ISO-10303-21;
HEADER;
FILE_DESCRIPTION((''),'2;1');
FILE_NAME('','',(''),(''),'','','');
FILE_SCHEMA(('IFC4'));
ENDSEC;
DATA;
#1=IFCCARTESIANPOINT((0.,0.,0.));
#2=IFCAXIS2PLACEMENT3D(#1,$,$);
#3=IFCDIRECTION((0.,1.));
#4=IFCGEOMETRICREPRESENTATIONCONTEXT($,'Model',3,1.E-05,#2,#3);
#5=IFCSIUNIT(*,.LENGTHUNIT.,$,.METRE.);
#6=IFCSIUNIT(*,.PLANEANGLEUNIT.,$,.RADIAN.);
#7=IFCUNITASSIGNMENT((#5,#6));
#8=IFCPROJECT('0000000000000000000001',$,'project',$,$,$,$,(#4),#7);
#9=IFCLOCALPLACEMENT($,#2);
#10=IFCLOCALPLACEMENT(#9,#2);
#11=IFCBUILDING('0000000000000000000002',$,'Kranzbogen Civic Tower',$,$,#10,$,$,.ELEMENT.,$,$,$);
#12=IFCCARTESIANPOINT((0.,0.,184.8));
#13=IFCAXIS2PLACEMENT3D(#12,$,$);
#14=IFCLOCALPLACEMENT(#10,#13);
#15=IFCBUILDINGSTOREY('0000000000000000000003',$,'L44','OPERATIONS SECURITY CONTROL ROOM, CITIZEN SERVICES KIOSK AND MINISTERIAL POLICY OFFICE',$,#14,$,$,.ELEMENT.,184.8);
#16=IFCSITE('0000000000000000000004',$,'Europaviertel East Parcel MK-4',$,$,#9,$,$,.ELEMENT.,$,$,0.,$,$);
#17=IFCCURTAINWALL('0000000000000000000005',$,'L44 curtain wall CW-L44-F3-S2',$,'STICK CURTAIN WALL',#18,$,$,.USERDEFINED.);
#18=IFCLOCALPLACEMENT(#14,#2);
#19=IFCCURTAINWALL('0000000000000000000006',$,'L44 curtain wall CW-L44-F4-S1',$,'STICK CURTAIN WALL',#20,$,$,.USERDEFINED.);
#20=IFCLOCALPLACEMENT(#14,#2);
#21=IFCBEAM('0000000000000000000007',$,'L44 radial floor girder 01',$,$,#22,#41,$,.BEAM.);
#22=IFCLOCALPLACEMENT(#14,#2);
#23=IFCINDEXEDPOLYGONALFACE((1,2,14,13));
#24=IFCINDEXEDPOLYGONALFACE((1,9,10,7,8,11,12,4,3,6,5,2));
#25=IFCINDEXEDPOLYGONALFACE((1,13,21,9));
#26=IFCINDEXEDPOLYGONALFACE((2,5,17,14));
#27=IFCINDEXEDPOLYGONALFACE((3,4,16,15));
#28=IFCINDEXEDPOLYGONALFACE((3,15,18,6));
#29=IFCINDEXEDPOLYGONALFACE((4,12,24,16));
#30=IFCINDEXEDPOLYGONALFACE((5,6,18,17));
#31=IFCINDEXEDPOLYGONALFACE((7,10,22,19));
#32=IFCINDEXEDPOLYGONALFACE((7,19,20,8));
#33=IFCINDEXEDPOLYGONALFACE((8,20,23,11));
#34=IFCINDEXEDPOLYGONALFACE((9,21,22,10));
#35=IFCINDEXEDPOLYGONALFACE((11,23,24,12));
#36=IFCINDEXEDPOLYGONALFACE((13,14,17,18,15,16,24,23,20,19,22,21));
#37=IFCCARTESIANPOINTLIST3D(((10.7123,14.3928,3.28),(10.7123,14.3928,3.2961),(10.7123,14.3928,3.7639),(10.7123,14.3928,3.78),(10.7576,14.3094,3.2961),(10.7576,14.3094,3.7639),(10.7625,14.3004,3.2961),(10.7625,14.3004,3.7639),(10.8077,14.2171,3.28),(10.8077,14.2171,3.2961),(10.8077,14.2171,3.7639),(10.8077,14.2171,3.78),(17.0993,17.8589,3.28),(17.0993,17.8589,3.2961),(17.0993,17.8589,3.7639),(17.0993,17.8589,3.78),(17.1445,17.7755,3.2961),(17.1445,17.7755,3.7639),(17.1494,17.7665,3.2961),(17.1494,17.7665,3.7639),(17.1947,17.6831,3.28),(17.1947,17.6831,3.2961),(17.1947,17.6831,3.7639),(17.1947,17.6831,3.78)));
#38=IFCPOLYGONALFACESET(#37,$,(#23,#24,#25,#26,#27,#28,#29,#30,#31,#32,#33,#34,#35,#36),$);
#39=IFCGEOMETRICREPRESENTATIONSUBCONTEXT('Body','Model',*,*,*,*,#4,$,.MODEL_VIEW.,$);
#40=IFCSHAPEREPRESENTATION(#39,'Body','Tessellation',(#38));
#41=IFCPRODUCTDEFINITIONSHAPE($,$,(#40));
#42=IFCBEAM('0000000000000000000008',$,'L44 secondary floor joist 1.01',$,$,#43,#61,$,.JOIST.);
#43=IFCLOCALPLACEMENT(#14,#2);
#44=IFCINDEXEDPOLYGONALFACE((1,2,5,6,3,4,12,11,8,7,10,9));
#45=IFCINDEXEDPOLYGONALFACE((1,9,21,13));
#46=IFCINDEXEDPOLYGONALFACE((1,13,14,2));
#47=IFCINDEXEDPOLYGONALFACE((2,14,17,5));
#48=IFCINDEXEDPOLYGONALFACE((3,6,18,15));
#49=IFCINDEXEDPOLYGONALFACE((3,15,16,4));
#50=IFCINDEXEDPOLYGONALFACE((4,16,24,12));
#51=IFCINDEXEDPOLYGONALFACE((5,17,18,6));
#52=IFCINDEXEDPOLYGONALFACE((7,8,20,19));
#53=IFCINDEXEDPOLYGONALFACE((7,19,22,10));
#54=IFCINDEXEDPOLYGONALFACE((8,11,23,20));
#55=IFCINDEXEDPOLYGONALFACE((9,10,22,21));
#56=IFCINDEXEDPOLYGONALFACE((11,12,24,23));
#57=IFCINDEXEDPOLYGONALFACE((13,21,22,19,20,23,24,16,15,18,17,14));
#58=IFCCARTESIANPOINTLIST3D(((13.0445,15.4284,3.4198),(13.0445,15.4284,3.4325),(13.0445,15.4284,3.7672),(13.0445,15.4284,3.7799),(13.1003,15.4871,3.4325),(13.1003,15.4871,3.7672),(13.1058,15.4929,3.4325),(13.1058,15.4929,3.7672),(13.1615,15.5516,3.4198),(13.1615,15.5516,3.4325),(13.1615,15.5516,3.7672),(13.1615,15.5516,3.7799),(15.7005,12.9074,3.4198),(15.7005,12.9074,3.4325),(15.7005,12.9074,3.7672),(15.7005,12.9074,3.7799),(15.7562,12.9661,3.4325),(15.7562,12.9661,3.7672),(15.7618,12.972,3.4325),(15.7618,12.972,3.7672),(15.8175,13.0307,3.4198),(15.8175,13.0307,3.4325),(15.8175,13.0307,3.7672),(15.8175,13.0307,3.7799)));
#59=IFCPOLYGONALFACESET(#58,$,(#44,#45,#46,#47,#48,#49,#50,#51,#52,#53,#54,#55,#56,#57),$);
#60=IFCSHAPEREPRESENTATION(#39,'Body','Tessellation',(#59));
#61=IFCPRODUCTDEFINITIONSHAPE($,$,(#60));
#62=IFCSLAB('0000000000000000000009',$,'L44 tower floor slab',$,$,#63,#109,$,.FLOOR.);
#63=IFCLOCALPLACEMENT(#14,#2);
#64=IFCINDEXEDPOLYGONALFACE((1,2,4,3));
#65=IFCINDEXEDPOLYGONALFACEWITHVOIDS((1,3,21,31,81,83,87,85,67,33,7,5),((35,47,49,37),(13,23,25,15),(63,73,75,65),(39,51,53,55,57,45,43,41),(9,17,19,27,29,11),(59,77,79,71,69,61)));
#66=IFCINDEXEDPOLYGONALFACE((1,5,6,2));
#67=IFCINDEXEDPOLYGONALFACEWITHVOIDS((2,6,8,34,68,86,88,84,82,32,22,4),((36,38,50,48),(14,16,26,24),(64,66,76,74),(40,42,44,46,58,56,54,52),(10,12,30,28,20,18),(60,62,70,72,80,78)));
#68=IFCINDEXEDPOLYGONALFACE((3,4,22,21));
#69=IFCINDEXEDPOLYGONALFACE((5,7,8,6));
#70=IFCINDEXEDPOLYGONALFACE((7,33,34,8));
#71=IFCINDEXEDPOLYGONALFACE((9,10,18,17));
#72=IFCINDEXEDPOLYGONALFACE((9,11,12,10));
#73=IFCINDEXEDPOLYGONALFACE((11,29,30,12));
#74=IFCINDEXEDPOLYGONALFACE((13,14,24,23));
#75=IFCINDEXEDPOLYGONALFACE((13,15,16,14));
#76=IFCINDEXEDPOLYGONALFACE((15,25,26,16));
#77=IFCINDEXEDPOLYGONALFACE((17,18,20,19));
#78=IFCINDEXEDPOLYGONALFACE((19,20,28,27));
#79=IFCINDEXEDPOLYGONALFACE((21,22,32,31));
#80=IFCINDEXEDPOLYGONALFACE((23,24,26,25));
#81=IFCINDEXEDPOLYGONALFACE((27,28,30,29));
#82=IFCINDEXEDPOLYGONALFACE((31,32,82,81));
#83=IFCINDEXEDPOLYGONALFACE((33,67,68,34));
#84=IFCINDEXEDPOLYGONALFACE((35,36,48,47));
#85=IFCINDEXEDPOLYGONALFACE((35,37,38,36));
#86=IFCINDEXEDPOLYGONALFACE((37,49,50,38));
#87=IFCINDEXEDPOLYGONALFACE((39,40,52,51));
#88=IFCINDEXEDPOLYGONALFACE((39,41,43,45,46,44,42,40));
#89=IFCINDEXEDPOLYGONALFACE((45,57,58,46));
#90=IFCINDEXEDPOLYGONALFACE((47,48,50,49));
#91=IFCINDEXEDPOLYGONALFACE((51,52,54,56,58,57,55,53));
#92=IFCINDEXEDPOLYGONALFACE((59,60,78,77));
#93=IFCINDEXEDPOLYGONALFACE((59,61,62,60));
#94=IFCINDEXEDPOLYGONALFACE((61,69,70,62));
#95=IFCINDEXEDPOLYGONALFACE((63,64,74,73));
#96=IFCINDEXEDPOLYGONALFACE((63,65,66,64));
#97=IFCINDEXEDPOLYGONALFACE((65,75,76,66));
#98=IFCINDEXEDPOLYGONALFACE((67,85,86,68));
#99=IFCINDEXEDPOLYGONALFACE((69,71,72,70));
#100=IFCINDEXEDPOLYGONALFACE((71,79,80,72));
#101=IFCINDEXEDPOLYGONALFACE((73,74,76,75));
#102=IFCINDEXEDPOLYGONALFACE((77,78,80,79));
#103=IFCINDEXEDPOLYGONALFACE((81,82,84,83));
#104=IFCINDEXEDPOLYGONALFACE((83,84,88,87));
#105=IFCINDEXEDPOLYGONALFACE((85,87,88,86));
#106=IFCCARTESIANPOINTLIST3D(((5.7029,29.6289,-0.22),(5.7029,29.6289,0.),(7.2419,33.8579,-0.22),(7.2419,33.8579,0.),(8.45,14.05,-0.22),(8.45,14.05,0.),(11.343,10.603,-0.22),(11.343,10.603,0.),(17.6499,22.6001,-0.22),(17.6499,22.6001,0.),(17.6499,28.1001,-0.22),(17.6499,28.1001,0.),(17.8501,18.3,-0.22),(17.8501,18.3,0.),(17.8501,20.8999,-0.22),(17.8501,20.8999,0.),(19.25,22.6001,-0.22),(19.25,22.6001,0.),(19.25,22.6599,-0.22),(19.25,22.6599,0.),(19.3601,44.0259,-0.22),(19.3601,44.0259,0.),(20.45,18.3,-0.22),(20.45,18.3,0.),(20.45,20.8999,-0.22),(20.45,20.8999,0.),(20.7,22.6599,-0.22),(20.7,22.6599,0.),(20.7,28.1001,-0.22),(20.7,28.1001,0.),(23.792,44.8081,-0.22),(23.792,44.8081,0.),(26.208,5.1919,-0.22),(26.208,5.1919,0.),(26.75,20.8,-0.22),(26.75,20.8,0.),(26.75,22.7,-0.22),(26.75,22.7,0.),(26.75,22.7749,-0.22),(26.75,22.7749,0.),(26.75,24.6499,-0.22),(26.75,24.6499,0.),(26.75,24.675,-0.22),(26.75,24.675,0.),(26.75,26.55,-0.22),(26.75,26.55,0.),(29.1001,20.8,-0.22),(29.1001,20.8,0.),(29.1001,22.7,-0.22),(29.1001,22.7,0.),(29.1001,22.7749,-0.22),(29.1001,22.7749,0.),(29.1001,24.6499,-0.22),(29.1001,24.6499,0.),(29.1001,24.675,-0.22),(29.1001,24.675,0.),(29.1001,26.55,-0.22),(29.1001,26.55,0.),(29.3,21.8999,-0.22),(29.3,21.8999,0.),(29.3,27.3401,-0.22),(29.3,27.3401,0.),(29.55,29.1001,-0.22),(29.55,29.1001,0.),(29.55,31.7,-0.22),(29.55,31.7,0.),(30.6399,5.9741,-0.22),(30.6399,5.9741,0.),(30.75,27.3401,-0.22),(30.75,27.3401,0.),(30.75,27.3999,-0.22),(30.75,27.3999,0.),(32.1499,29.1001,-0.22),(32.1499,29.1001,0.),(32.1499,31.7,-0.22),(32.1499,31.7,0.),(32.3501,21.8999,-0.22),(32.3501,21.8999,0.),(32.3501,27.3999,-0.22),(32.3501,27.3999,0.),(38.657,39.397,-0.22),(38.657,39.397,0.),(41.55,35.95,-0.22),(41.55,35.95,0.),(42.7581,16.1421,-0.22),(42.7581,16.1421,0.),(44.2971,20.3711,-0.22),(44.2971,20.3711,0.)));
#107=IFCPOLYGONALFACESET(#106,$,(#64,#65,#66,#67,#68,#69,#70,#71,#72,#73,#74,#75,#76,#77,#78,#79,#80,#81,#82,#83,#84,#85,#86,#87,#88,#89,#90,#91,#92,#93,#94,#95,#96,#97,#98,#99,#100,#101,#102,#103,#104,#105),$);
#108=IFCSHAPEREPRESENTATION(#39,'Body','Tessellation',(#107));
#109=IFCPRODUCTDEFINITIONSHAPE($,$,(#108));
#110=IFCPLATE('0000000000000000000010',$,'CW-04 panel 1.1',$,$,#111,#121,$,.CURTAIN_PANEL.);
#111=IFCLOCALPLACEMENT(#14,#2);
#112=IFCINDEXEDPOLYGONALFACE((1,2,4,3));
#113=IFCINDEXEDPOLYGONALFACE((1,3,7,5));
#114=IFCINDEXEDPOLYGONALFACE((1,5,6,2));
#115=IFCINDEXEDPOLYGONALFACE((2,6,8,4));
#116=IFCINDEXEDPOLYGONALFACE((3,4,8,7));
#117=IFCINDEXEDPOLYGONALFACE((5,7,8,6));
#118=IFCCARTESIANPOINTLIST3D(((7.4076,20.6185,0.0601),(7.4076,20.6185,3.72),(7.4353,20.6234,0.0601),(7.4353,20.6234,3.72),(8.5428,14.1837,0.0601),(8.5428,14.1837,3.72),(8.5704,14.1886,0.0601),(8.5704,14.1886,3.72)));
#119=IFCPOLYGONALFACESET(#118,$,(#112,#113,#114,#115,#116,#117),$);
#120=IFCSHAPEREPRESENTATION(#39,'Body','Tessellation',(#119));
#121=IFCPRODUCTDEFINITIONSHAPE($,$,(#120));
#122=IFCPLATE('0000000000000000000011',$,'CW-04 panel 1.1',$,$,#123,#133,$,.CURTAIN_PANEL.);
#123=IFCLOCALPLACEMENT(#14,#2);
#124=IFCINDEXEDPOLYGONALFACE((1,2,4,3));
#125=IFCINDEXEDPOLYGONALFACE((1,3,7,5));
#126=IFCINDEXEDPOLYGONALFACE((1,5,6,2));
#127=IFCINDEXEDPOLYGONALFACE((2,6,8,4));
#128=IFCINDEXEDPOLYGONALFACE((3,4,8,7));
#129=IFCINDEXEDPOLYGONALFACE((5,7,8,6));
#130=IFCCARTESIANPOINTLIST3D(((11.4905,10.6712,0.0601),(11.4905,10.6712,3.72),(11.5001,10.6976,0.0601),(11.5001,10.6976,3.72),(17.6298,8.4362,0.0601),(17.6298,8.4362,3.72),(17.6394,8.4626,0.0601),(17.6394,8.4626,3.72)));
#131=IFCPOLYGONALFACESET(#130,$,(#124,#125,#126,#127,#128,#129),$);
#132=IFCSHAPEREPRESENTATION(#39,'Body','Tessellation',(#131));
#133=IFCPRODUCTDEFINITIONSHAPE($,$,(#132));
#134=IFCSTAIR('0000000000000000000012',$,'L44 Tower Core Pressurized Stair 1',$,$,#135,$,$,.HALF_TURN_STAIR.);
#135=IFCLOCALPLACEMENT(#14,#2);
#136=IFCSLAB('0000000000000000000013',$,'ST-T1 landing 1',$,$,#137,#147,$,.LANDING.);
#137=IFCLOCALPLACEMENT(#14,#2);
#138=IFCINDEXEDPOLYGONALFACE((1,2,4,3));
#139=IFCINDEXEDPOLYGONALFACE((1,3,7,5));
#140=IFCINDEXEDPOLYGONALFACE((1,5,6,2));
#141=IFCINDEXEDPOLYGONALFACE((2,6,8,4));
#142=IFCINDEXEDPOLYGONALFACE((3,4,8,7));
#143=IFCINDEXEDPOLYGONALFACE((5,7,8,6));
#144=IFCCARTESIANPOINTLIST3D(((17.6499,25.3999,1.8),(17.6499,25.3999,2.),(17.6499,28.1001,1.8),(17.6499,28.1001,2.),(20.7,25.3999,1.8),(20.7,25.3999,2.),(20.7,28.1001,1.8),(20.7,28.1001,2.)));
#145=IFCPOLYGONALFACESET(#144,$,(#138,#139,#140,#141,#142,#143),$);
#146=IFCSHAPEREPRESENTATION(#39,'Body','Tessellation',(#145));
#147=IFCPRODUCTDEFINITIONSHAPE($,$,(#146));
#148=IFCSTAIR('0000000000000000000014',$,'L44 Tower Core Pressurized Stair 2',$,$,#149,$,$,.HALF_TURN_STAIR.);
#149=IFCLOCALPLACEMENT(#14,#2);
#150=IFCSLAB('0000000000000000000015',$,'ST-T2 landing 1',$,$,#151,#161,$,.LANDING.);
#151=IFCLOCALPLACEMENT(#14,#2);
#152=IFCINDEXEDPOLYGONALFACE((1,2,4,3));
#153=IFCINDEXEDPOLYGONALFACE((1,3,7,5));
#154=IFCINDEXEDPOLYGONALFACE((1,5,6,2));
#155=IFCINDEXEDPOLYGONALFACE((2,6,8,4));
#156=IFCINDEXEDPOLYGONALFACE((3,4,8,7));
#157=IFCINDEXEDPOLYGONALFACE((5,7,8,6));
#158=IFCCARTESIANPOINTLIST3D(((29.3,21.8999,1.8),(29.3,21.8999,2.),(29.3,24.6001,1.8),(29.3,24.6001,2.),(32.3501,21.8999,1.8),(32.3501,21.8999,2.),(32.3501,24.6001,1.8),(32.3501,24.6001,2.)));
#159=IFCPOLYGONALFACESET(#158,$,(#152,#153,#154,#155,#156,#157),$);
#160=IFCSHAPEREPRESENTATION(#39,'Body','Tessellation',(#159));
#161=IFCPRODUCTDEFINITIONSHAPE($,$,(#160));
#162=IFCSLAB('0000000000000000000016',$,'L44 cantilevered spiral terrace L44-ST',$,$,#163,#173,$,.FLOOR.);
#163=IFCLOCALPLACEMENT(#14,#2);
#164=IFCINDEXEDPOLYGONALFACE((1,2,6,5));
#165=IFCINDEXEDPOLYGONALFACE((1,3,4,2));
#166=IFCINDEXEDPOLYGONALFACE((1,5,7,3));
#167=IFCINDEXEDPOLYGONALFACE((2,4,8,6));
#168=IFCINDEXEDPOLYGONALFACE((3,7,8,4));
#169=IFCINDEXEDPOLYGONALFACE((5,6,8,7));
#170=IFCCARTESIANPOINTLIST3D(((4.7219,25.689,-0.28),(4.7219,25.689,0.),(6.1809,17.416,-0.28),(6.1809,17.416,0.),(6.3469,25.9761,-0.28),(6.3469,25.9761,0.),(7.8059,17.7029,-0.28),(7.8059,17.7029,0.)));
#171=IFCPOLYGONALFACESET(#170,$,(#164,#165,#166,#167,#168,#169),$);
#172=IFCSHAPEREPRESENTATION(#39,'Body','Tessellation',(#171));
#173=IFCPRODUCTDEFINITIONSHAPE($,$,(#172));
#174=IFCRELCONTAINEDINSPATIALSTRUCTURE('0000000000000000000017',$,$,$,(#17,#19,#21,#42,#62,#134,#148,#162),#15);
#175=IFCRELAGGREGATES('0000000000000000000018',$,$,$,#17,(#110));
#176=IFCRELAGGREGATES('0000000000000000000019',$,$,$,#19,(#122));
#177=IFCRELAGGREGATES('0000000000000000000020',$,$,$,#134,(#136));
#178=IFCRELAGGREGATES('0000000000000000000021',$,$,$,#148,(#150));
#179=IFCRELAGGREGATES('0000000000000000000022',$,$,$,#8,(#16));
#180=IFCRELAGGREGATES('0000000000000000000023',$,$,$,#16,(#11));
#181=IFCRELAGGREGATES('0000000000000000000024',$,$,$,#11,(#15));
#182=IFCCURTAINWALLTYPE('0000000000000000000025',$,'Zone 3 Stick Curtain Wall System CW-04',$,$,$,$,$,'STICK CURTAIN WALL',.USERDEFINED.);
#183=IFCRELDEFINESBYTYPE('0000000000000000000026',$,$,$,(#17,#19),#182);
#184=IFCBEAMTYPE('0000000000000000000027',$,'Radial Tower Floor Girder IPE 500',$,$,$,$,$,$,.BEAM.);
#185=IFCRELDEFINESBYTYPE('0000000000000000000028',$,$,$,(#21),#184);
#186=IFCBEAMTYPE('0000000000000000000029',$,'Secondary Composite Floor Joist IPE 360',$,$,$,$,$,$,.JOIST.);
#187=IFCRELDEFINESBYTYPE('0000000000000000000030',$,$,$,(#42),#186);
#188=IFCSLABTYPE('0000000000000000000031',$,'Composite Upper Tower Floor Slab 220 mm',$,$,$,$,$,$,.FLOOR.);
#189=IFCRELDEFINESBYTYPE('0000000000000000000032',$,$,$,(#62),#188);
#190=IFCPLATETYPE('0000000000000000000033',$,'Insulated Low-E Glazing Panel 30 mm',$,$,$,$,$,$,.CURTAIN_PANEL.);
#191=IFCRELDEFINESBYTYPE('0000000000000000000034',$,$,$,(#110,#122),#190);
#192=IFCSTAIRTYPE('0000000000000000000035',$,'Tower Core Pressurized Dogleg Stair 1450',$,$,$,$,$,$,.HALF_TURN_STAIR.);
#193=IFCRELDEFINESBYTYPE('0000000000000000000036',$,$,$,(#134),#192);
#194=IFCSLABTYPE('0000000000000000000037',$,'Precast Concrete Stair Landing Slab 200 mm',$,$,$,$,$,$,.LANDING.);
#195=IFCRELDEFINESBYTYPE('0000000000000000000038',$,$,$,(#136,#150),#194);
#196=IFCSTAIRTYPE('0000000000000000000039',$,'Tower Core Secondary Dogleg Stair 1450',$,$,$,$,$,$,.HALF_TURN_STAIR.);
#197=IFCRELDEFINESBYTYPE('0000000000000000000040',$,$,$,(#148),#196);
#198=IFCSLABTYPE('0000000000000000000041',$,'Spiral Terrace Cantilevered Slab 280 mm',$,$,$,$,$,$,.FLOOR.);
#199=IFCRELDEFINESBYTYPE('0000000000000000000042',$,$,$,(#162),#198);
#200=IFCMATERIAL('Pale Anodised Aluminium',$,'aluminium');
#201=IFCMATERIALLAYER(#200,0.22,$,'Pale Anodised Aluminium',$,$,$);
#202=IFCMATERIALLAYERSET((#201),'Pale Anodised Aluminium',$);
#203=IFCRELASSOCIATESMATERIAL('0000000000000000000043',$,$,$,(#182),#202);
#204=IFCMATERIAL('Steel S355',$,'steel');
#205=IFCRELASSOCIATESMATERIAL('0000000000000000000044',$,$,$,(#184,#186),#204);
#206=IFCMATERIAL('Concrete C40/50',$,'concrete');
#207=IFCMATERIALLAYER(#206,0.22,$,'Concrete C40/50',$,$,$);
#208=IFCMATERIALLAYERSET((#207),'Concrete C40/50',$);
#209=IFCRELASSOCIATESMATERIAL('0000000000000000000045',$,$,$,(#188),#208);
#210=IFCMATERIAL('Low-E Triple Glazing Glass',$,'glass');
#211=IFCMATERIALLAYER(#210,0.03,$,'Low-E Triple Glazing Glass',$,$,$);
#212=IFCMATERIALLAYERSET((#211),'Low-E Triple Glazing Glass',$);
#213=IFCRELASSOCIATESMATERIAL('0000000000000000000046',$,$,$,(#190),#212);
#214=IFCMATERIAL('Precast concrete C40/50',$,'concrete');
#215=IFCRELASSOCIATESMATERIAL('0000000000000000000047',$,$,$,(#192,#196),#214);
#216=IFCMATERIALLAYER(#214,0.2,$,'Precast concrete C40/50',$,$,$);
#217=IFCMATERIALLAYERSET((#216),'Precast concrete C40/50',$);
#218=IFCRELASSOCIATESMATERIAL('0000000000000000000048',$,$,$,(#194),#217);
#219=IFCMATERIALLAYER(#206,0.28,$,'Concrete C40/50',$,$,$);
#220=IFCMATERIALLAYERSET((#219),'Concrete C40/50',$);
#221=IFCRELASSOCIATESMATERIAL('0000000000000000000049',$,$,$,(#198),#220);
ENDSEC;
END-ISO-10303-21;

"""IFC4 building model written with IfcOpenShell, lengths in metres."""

from ifc_helpers import new_model, si_unit, direction, frame, origin, origin_2d, place, context, subcontext, project, spatial, polyline, rectangle, i_section, outline, extrude, material, layer, layer_set, material_profile, profile_set, type_object, element, aggregate, save


model = new_model("IFC4")

# Units and contexts
model_context = context("Model", 3, precision=1e-05, world=origin(), true_north=direction((0.0, 1.0)))
body_context = subcontext(model_context, "Body", "Model", "MODEL_VIEW")
ifc_project = project(units=[si_unit("LENGTHUNIT", "METRE"), si_unit("PLANEANGLEUNIT", "RADIAN")], contexts=[model_context])

# Site, building, storey
site_placement = place(None, origin())
site = spatial("IfcSite", under=ifc_project, at=site_placement, Name="Europaviertel East Parcel MK-4", CompositionType="ELEMENT", RefElevation=0.0)
building_placement = place(site_placement, origin())
building = spatial("IfcBuilding", under=site, at=building_placement, Name="Kranzbogen Civic Tower", CompositionType="ELEMENT")
storey_placement = place(building_placement, frame((0.0, 0.0, 184.8)))
storey = spatial("IfcBuildingStorey", under=building, at=storey_placement, Name="L44", Description="OPERATIONS SECURITY CONTROL ROOM, CITIZEN SERVICES KIOSK AND MINISTERIAL POLICY OFFICE", CompositionType="ELEMENT", Elevation=184.8)

# Shared definitions
ifc_material_1 = material(Name="Steel S355", Category="steel")

# Shared definitions
ifc_material_2 = material(Name="Pale Anodised Aluminium", Category="aluminium")
ifc_layer_1 = layer(ifc_material_2, 0.22, Name="Pale Anodised Aluminium")
ifc_layer_set_1 = layer_set([ifc_layer_1], Name="Pale Anodised Aluminium")
curtain_wall_type = type_object("IfcCurtainWallType", Name="Zone 3 Stick Curtain Wall System CW-04", ElementType="STICK CURTAIN WALL", PredefinedType="USERDEFINED", material=ifc_layer_set_1)

# Curtain wall
curtain_wall_1_placement = place(storey_placement, origin())
curtain_wall_1 = element("IfcCurtainWall", 1, at=curtain_wall_1_placement, inside=storey, type_object=curtain_wall_type, Name="L44 curtain wall CW-L44-F3-S2", ObjectType="STICK CURTAIN WALL", PredefinedType="USERDEFINED")

# Curtain wall
curtain_wall_2_placement = place(storey_placement, origin())
curtain_wall_2 = element("IfcCurtainWall", 2, at=curtain_wall_2_placement, inside=storey, type_object=curtain_wall_type, Name="L44 curtain wall CW-L44-F4-S1", ObjectType="STICK CURTAIN WALL", PredefinedType="USERDEFINED")

# Beams
ifc_material_profile_1 = material_profile(ifc_material_1, i_section(OverallWidth=0.2, OverallDepth=0.5, WebThickness=0.0103, FlangeThickness=0.0161, at=origin_2d()), Name="IPE 500")
ifc_profile_set_1 = profile_set([ifc_material_profile_1], Name="Steel S355")
beam_type_1 = type_object("IfcBeamType", Name="Radial Tower Floor Girder IPE 500", PredefinedType="BEAM", material=ifc_profile_set_1)
beam_1_placement = place(storey_placement, frame((10.76, 14.3049, 3.53), z_axis=(0.878919, 0.47697, 0.0), x_axis=(-0.47697, 0.878919, 0.0)))
element("IfcBeam", 3, at=beam_1_placement, inside=storey, type_object=beam_type_1, Name="L44 radial floor girder 01", PredefinedType="BEAM", context=body_context, shape_type="SweptSolid", body=[
    extrude(i_section(OverallWidth=0.2, OverallDepth=0.5, WebThickness=0.0103, FlangeThickness=0.0161, at=origin_2d()), origin(), (0.0, 0.0, 1.0), 7.2668),
])
ifc_material_profile_2 = material_profile(ifc_material_1, i_section(OverallWidth=0.1699, OverallDepth=0.3601, WebThickness=0.0081, FlangeThickness=0.0127, at=origin_2d()), Name="IPE 360")
ifc_profile_set_2 = profile_set([ifc_material_profile_2], Name="Steel S355")
beam_type_2 = type_object("IfcBeamType", Name="Secondary Composite Floor Joist IPE 360", PredefinedType="JOIST", material=ifc_profile_set_2)
beam_2_placement = place(storey_placement, frame((13.103, 15.49, 3.5999), z_axis=(0.725301, -0.688432, 0.0), x_axis=(0.688432, 0.725301, 0.0)))
element("IfcBeam", 4, at=beam_2_placement, inside=storey, type_object=beam_type_2, Name="L44 secondary floor joist 1.01", PredefinedType="JOIST", context=body_context, shape_type="SweptSolid", body=[
    extrude(i_section(OverallWidth=0.1699, OverallDepth=0.3601, WebThickness=0.0081, FlangeThickness=0.0127, at=origin_2d()), origin(), (0.0, 0.0, 1.0), 3.6619),
])

# Slab
ifc_material_3 = material(Name="Concrete C40/50", Category="concrete")
ifc_layer_2 = layer(ifc_material_3, 0.22, Name="Concrete C40/50")
ifc_layer_set_2 = layer_set([ifc_layer_2], Name="Concrete C40/50")
slab_type_1 = type_object("IfcSlabType", Name="Composite Upper Tower Floor Slab 220 mm", PredefinedType="FLOOR", material=ifc_layer_set_2)
slab_1_placement = place(storey_placement, frame((0.0, 0.0, -0.22)))
element("IfcSlab", 5, at=slab_1_placement, inside=storey, type_object=slab_type_1, Name="L44 tower floor slab", PredefinedType="FLOOR", context=body_context, shape_type="SweptSolid", body=[
    extrude(outline(polyline([(38.657, 39.397), (23.792, 44.8081), (19.3601, 44.0259), (7.2419, 33.8579), (5.7029, 29.6289), (8.45, 14.05), (11.343, 10.603), (26.208, 5.1919), (30.6399, 5.9741), (42.7581, 16.1421), (44.2971, 20.3711), (41.55, 35.95), (38.657, 39.397)]), holes=[polyline([(17.8501, 20.8999), (20.45, 20.8999), (20.45, 18.3), (17.8501, 18.3), (17.8501, 20.8999)]), polyline([(29.1001, 22.7), (29.1001, 20.8), (26.75, 20.8), (26.75, 22.7), (29.1001, 22.7)]), polyline([(29.1001, 24.6499), (29.1001, 22.7749), (26.75, 22.7749), (26.75, 24.6499), (26.75, 24.675), (26.75, 26.55), (29.1001, 26.55), (29.1001, 24.675), (29.1001, 24.6499)]), polyline([(29.3, 27.3401), (30.75, 27.3401), (30.75, 27.3999), (32.3501, 27.3999), (32.3501, 21.8999), (29.3, 21.8999), (29.3, 27.3401)]), polyline([(20.7, 22.6599), (19.25, 22.6599), (19.25, 22.6001), (17.6499, 22.6001), (17.6499, 28.1001), (20.7, 28.1001), (20.7, 22.6599)]), polyline([(32.1499, 31.7), (32.1499, 29.1001), (29.55, 29.1001), (29.55, 31.7), (32.1499, 31.7)])]), origin(), (0.0, 0.0, 1.0), 0.22),
])

# Plates
ifc_material_4 = material(Name="Low-E Triple Glazing Glass", Category="glass")
ifc_layer_3 = layer(ifc_material_4, 0.03, Name="Low-E Triple Glazing Glass")
ifc_layer_set_3 = layer_set([ifc_layer_3], Name="Low-E Triple Glazing Glass")
plate_type = type_object("IfcPlateType", Name="Insulated Low-E Glazing Panel 30 mm", PredefinedType="CURTAIN_PANEL", material=ifc_layer_set_3)
plate_1_placement = place(storey_placement, frame((7.989, 17.4036, 0.0601), z_axis=(0.0, 0.0, 1.0), x_axis=(0.173725, -0.984794, 0.0)))
plate_1 = element("IfcPlate", 6, at=plate_1_placement, type_object=plate_type, Name="CW-04 panel 1.1", PredefinedType="CURTAIN_PANEL", context=body_context, shape_type="SweptSolid", body=[
    extrude(rectangle(XDim=6.5342, YDim=0.0281, at=origin_2d()), origin(), (0.0, 0.0, 1.0), 3.6599),
])
aggregate(curtain_wall_1, [plate_1])
plate_2_placement = place(storey_placement, frame((14.5649, 9.5669, 0.0601), z_axis=(0.0, 0.0, 1.0), x_axis=(0.93967, -0.342081, 0.0)))
plate_2 = element("IfcPlate", 7, at=plate_2_placement, type_object=plate_type, Name="CW-04 panel 1.1", PredefinedType="CURTAIN_PANEL", context=body_context, shape_type="SweptSolid", body=[
    extrude(rectangle(XDim=6.5334, YDim=0.0281, at=origin_2d()), origin(), (0.0, 0.0, 1.0), 3.6599),
])
aggregate(curtain_wall_2, [plate_2])

# Stairs, slabs
ifc_material_5 = material(Name="Precast concrete C40/50", Category="concrete")
stair_type_1 = type_object("IfcStairType", Name="Tower Core Pressurized Dogleg Stair 1450", PredefinedType="HALF_TURN_STAIR", material=ifc_material_5)
stair_1_placement = place(storey_placement, origin())
stair_1 = element("IfcStair", 8, at=stair_1_placement, inside=storey, type_object=stair_type_1, Name="L44 Tower Core Pressurized Stair 1", PredefinedType="HALF_TURN_STAIR")
ifc_layer_4 = layer(ifc_material_5, 0.2, Name="Precast concrete C40/50")
ifc_layer_set_4 = layer_set([ifc_layer_4], Name="Precast concrete C40/50")
slab_type_2 = type_object("IfcSlabType", Name="Precast Concrete Stair Landing Slab 200 mm", PredefinedType="LANDING", material=ifc_layer_set_4)
slab_2_placement = place(storey_placement, frame((0.0, 0.0, 1.8)))
slab_2 = element("IfcSlab", 9, at=slab_2_placement, type_object=slab_type_2, Name="ST-T1 landing 1", PredefinedType="LANDING", context=body_context, shape_type="SweptSolid", body=[
    extrude(outline(polyline([(20.7, 25.3999), (20.7, 28.1001), (17.6499, 28.1001), (17.6499, 25.3999), (20.7, 25.3999)])), origin(), (0.0, 0.0, 1.0), 0.2),
])
aggregate(stair_1, [slab_2])
stair_type_2 = type_object("IfcStairType", Name="Tower Core Secondary Dogleg Stair 1450", PredefinedType="HALF_TURN_STAIR", material=ifc_material_5)
stair_2_placement = place(storey_placement, origin())
stair_2 = element("IfcStair", 10, at=stair_2_placement, inside=storey, type_object=stair_type_2, Name="L44 Tower Core Pressurized Stair 2", PredefinedType="HALF_TURN_STAIR")
slab_3_placement = place(storey_placement, frame((0.0, 0.0, 1.8)))
slab_3 = element("IfcSlab", 11, at=slab_3_placement, type_object=slab_type_2, Name="ST-T2 landing 1", PredefinedType="LANDING", context=body_context, shape_type="SweptSolid", body=[
    extrude(outline(polyline([(29.3, 24.6001), (29.3, 21.8999), (32.3501, 21.8999), (32.3501, 24.6001), (29.3, 24.6001)])), origin(), (0.0, 0.0, 1.0), 0.2),
])
aggregate(stair_2, [slab_3])

# Slab
ifc_layer_5 = layer(ifc_material_3, 0.28, Name="Concrete C40/50")
ifc_layer_set_5 = layer_set([ifc_layer_5], Name="Concrete C40/50")
slab_type_3 = type_object("IfcSlabType", Name="Spiral Terrace Cantilevered Slab 280 mm", PredefinedType="FLOOR", material=ifc_layer_set_5)
slab_4_placement = place(storey_placement, frame((0.0, 0.0, -0.28)))
element("IfcSlab", 12, at=slab_4_placement, inside=storey, type_object=slab_type_3, Name="L44 cantilevered spiral terrace L44-ST", PredefinedType="FLOOR", context=body_context, shape_type="SweptSolid", body=[
    extrude(outline(polyline([(6.3469, 25.9761), (7.8059, 17.7029), (6.1809, 17.416), (4.7219, 25.689), (6.3469, 25.9761)])), origin(), (0.0, 0.0, 1.0), 0.28),
])

save(model, "model.ifc")
